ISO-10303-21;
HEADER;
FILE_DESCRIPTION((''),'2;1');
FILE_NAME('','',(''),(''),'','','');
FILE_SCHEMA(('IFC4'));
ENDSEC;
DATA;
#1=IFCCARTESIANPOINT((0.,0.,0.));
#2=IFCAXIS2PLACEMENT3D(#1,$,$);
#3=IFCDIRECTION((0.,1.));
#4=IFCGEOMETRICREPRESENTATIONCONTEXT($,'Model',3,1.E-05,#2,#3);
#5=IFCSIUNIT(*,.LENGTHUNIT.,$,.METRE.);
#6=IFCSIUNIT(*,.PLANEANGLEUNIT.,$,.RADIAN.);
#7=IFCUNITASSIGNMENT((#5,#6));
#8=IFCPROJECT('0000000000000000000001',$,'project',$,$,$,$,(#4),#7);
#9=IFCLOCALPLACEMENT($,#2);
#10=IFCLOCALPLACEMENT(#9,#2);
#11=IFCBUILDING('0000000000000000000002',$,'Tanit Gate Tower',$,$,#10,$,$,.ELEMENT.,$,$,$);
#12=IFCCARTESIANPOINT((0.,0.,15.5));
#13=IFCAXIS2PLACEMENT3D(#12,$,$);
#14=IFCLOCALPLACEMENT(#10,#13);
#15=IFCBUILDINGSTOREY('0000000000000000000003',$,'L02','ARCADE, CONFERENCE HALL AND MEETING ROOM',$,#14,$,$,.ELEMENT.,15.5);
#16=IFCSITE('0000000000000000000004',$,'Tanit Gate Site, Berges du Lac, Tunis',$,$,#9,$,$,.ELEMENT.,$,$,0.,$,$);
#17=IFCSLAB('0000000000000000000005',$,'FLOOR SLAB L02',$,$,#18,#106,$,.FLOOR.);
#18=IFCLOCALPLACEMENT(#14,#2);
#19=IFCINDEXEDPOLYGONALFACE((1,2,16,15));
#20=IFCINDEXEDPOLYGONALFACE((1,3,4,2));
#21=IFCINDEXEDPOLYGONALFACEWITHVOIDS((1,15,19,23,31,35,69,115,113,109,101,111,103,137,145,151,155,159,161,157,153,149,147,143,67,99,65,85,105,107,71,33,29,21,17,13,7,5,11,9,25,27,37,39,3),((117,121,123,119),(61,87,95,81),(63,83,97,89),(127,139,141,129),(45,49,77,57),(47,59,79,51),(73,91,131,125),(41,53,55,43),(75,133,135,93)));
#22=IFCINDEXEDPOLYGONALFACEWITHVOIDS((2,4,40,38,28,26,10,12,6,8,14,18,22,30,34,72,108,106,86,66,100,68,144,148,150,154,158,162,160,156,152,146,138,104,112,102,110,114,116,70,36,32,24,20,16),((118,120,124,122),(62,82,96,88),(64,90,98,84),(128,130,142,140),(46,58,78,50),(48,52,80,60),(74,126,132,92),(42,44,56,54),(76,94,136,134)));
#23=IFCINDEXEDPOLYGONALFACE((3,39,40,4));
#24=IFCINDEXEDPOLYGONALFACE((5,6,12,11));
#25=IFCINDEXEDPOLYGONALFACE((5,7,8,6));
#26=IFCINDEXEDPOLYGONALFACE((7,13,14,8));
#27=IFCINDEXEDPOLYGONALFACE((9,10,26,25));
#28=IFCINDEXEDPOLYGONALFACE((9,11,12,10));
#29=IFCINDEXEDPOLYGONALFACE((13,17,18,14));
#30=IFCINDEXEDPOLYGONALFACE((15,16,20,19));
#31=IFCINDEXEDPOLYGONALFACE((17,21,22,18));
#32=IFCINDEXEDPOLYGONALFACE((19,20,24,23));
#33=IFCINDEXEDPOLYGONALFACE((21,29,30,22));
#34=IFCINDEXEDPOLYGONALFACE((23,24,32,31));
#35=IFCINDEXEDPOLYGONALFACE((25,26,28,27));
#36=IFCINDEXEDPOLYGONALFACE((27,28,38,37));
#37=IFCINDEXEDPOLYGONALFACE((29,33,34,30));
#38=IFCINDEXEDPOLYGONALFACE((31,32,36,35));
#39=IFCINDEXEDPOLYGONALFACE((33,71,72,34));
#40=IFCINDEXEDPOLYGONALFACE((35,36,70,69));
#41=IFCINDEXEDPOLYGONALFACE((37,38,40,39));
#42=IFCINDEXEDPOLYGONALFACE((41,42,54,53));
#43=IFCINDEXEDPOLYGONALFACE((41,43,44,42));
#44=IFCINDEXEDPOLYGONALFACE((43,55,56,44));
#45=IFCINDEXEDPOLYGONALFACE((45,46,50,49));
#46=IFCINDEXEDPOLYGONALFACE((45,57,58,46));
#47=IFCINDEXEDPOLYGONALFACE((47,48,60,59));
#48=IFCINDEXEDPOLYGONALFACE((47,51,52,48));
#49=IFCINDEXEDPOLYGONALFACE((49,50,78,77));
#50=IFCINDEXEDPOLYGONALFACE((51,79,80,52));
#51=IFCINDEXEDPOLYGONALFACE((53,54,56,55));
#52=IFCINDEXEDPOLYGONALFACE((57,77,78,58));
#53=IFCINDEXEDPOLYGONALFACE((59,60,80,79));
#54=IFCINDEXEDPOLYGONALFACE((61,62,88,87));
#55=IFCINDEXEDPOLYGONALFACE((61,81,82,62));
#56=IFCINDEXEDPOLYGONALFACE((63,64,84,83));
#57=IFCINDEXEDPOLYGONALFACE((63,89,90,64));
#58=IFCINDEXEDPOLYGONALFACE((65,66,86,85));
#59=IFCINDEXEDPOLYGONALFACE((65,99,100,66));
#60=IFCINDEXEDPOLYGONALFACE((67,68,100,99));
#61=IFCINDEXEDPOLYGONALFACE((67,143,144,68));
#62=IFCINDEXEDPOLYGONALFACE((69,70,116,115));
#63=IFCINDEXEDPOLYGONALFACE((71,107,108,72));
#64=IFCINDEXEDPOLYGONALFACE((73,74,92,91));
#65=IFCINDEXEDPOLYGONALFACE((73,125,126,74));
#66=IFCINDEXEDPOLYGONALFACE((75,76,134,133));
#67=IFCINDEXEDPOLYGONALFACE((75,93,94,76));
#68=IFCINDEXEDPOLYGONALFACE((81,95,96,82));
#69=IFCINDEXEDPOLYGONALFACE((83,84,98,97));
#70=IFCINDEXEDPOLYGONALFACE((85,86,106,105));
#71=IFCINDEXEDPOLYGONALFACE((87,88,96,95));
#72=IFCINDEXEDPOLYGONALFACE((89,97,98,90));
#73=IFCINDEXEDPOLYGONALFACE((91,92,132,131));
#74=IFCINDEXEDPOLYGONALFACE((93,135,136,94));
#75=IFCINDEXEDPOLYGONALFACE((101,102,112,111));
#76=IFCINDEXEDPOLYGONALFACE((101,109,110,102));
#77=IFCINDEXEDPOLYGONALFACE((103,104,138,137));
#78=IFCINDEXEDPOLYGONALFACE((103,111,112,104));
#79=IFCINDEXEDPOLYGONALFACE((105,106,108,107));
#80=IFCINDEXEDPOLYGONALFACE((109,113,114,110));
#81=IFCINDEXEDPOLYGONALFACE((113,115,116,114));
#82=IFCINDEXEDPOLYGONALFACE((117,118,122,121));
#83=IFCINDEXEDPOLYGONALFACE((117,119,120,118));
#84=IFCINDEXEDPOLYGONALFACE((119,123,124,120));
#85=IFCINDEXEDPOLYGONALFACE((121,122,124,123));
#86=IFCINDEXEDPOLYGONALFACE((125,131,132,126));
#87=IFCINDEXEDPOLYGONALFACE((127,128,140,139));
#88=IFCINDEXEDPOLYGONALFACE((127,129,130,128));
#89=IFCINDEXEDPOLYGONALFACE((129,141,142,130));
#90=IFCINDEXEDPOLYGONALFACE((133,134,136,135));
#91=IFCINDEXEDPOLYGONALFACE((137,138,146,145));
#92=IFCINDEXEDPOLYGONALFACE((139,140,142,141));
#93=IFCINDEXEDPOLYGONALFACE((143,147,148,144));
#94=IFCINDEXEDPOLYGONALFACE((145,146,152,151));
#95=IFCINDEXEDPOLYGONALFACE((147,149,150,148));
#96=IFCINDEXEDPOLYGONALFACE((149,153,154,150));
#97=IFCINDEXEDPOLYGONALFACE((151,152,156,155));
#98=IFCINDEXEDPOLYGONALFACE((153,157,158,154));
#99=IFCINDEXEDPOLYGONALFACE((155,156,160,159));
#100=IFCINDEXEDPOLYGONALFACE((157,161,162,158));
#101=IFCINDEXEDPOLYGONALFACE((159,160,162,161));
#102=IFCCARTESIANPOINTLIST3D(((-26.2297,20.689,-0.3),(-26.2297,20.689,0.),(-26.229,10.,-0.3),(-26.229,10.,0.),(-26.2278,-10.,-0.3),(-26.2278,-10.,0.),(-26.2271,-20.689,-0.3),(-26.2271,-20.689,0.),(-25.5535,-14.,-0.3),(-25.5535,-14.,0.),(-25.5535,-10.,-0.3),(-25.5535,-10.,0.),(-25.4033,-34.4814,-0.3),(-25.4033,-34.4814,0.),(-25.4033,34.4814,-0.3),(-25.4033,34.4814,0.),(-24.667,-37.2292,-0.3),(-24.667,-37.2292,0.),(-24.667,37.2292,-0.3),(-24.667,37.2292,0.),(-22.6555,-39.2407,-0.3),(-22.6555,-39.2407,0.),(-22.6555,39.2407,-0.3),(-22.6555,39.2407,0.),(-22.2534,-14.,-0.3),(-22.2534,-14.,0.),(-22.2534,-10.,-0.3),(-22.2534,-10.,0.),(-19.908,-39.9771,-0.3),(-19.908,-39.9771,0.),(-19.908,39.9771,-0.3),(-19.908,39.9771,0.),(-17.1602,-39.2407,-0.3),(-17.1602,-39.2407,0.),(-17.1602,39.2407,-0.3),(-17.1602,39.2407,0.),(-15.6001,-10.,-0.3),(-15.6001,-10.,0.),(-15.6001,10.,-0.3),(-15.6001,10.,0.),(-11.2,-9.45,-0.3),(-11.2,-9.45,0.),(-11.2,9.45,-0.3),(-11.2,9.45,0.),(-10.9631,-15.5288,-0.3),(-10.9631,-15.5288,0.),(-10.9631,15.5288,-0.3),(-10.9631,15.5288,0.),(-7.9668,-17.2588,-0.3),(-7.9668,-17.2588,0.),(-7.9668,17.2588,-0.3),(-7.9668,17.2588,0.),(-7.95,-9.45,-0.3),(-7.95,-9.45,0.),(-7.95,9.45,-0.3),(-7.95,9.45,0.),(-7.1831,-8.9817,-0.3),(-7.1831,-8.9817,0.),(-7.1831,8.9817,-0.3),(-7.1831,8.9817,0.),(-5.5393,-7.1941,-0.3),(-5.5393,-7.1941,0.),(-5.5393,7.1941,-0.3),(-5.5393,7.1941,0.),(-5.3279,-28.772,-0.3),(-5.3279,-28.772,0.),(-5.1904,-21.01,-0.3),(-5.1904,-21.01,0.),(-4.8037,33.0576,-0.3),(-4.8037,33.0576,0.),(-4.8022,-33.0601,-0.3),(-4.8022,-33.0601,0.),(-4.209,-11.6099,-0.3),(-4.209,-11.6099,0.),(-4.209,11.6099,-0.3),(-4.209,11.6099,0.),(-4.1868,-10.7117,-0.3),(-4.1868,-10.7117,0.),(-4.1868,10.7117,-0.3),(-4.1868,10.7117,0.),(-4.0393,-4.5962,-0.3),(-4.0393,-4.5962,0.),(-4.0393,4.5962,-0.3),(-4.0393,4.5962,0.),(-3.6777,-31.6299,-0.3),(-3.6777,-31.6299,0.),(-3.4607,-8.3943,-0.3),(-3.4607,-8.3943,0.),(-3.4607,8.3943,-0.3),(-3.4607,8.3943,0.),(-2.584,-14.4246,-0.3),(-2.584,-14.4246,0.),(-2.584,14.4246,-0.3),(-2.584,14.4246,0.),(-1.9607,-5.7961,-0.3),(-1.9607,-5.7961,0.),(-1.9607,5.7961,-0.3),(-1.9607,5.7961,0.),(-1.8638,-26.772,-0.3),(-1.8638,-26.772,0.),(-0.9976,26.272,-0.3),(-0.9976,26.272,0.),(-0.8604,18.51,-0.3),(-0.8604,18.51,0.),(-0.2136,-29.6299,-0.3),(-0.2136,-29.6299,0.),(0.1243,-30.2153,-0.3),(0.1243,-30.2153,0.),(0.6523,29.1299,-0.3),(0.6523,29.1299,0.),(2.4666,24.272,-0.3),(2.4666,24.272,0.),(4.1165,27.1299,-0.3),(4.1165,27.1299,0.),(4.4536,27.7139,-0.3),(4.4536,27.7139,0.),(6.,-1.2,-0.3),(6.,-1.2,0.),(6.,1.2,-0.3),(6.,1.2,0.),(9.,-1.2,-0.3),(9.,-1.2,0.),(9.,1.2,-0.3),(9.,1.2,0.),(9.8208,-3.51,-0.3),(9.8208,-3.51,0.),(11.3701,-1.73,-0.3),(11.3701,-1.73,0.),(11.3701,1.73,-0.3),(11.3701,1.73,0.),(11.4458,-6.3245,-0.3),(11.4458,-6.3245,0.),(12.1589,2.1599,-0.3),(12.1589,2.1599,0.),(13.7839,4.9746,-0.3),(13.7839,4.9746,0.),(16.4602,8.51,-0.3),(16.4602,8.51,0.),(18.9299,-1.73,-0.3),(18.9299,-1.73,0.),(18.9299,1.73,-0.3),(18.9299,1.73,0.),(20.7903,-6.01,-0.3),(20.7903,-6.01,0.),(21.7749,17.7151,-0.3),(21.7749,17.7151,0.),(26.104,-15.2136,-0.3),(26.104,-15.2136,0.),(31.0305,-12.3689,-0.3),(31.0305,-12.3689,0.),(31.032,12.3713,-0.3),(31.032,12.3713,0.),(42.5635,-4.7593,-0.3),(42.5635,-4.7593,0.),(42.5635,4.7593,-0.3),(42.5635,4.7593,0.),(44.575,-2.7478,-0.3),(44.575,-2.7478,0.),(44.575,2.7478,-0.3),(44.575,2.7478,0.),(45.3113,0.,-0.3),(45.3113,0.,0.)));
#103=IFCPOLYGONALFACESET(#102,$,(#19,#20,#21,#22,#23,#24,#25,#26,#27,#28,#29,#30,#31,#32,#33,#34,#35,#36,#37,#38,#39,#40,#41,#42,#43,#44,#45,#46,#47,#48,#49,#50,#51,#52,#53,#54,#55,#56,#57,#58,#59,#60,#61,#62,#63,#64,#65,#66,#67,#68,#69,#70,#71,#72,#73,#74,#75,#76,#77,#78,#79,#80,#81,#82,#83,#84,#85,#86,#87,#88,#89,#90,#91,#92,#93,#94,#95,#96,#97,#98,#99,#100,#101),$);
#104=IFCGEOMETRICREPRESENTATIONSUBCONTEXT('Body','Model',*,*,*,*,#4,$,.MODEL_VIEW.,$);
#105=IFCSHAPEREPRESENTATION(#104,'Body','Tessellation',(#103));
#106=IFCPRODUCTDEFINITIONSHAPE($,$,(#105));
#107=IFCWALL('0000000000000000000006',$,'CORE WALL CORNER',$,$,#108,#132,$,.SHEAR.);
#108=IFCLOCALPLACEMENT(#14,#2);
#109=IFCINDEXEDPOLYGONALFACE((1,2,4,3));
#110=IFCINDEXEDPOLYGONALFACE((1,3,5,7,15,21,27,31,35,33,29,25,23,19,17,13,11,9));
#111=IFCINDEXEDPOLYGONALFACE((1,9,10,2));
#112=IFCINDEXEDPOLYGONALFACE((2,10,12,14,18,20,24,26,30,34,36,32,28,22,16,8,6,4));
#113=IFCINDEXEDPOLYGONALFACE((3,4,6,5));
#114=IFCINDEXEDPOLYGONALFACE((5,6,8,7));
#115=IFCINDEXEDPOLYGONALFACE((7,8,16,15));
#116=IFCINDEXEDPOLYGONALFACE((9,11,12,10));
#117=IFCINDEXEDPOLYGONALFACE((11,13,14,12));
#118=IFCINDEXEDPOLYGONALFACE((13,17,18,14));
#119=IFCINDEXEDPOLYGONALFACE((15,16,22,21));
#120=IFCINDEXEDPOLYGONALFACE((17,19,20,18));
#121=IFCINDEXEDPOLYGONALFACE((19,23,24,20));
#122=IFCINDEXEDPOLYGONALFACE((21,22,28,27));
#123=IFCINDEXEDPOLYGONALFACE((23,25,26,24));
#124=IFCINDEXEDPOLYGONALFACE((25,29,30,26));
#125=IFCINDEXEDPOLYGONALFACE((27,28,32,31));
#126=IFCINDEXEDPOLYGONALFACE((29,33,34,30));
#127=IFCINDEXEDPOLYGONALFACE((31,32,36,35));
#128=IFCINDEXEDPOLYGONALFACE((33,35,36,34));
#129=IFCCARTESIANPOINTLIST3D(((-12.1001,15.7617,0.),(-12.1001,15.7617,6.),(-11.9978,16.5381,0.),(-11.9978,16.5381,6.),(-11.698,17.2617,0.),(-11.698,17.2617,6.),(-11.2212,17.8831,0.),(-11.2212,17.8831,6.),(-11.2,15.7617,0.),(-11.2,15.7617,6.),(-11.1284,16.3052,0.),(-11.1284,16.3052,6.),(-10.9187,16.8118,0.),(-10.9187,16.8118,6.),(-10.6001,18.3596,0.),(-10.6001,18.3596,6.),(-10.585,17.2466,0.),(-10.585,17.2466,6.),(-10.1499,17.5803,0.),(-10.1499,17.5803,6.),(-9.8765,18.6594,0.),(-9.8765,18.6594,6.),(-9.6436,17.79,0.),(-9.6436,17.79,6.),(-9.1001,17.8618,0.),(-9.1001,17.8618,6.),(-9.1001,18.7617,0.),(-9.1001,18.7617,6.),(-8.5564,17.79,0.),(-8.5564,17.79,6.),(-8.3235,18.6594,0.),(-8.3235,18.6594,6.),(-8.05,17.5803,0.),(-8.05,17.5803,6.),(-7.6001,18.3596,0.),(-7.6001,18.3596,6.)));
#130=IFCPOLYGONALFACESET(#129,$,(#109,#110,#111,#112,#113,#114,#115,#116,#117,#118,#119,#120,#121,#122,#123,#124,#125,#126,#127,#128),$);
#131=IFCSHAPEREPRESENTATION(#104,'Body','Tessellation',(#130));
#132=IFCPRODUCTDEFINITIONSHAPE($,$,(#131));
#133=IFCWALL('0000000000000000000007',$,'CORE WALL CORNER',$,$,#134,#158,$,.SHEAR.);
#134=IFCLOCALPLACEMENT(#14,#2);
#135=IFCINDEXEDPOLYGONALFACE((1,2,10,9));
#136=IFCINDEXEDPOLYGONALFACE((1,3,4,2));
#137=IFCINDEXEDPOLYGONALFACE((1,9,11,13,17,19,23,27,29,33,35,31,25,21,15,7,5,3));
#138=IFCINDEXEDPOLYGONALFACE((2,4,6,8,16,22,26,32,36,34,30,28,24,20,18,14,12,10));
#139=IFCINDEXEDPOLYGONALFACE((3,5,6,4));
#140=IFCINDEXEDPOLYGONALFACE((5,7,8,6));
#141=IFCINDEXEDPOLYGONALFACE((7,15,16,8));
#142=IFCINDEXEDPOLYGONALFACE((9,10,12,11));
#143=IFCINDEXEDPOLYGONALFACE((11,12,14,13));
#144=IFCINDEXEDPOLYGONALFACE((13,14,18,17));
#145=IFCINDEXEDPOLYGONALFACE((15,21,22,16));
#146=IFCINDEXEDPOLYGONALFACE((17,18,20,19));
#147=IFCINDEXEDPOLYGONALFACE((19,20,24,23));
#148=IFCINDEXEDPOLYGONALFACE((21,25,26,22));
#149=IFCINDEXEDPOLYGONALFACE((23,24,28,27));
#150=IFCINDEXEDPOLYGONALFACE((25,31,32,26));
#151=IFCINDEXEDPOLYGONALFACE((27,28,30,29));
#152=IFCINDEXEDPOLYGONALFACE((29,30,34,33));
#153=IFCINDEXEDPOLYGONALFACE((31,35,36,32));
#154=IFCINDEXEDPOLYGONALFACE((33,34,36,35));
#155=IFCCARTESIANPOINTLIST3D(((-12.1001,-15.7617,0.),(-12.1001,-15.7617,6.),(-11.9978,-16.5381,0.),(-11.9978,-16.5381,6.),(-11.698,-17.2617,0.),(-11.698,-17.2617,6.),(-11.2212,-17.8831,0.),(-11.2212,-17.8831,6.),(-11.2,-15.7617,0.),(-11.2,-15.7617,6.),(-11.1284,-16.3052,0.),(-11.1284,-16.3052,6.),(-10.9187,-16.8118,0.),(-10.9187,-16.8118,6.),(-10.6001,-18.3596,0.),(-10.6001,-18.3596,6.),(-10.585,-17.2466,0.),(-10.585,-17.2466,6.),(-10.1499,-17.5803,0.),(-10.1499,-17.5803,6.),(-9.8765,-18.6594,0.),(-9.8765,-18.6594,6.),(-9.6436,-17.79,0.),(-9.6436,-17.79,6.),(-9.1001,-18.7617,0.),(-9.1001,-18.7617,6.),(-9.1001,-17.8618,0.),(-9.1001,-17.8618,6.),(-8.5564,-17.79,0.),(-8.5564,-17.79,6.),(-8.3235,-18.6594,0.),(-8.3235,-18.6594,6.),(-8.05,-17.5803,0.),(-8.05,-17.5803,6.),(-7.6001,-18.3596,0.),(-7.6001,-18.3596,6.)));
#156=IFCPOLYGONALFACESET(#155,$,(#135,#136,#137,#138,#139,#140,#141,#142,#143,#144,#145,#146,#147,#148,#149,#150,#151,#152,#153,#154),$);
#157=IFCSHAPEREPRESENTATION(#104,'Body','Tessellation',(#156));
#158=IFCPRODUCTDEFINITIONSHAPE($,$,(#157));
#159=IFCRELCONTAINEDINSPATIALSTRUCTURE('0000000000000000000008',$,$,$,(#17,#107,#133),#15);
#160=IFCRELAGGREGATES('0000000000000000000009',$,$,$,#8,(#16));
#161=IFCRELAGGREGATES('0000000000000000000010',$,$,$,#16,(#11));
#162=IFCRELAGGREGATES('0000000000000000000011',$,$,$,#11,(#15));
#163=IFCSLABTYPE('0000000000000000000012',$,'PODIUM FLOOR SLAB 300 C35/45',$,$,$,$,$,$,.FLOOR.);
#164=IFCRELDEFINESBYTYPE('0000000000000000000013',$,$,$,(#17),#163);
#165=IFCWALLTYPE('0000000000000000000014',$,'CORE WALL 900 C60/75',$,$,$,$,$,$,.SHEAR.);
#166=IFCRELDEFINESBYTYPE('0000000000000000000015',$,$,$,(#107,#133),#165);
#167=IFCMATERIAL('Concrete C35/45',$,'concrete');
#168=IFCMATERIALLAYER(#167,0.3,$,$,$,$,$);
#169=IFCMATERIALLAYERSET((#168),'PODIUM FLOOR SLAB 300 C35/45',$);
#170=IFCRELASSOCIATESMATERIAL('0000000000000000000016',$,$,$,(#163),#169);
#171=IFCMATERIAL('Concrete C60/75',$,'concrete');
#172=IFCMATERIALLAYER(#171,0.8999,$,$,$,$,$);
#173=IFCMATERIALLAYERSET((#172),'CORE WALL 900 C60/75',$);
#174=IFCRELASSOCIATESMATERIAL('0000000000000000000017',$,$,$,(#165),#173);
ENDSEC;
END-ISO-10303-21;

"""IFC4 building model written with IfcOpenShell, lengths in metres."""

from ifc_helpers import new_model, si_unit, direction, frame, origin, place, context, subcontext, project, spatial, polyline, outline, extrude, material, layer, layer_set, type_object, element, save


model = new_model("IFC4")

# Units and contexts
model_context = context("Model", 3, precision=1e-05, world=origin(), true_north=direction((0.0, 1.0)))
body_context = subcontext(model_context, "Body", "Model", "MODEL_VIEW")
ifc_project = project(units=[si_unit("LENGTHUNIT", "METRE"), si_unit("PLANEANGLEUNIT", "RADIAN")], contexts=[model_context])

# Site, building, storey
site_placement = place(None, origin())
site = spatial("IfcSite", under=ifc_project, at=site_placement, Name="Tanit Gate Site, Berges du Lac, Tunis", CompositionType="ELEMENT", RefElevation=0.0)
building_placement = place(site_placement, origin())
building = spatial("IfcBuilding", under=site, at=building_placement, Name="Tanit Gate Tower", CompositionType="ELEMENT")
storey_placement = place(building_placement, frame((0.0, 0.0, 15.5)))
storey = spatial("IfcBuildingStorey", under=building, at=storey_placement, Name="L02", Description="ARCADE, CONFERENCE HALL AND MEETING ROOM", CompositionType="ELEMENT", Elevation=15.5)

# Slab
ifc_material_1 = material(Name="Concrete C35/45", Category="concrete")
ifc_layer_1 = layer(ifc_material_1, 0.3)
ifc_layer_set_1 = layer_set([ifc_layer_1], Name="PODIUM FLOOR SLAB 300 C35/45")
slab_type = type_object("IfcSlabType", Name="PODIUM FLOOR SLAB 300 C35/45", PredefinedType="FLOOR", material=ifc_layer_set_1)
slab_placement = place(storey_placement, frame((0.0, 0.0, -0.3)))
element("IfcSlab", 1, at=slab_placement, inside=storey, type_object=slab_type, Name="FLOOR SLAB L02", PredefinedType="FLOOR", context=body_context, shape_type="SweptSolid", body=[
    extrude(outline(polyline([(42.5635, 4.7593), (44.575, 2.7478), (45.3113, 0.0), (44.575, -2.7478), (42.5635, -4.7593), (31.0305, -12.3689), (26.104, -15.2136), (20.7903, -6.01), (-5.1904, -21.01), (-1.8638, -26.772), (-5.3279, -28.772), (-3.6777, -31.6299), (-0.2136, -29.6299), (0.1243, -30.2153), (-4.8022, -33.0601), (-17.1602, -39.2407), (-19.908, -39.9771), (-22.6555, -39.2407), (-24.667, -37.2292), (-25.4033, -34.4814), (-26.2271, -20.689), (-26.2278, -10.0), (-25.5535, -10.0), (-25.5535, -14.0), (-22.2534, -14.0), (-22.2534, -10.0), (-15.6001, -10.0), (-15.6001, 10.0), (-26.229, 10.0), (-26.2297, 20.689), (-25.4033, 34.4814), (-24.667, 37.2292), (-22.6555, 39.2407), (-19.908, 39.9771), (-17.1602, 39.2407), (-4.8037, 33.0576), (4.4536, 27.7139), (4.1165, 27.1299), (0.6523, 29.1299), (-0.9976, 26.272), (2.4666, 24.272), (-0.8604, 18.51), (16.4602, 8.51), (21.7749, 17.7151), (31.032, 12.3713), (42.5635, 4.7593)]), holes=[polyline([(18.9299, 1.73), (18.9299, -1.73), (11.3701, -1.73), (11.3701, 1.73), (18.9299, 1.73)]), polyline([(-4.209, 11.6099), (-2.584, 14.4246), (13.7839, 4.9746), (12.1589, 2.1599), (-4.209, 11.6099)]), polyline([(-4.209, -11.6099), (9.8208, -3.51), (11.4458, -6.3245), (-2.584, -14.4246), (-4.209, -11.6099)]), polyline([(9.0, 1.2), (9.0, -1.2), (6.0, -1.2), (6.0, 1.2), (9.0, 1.2)]), polyline([(-5.5393, 7.1941), (-3.4607, 8.3943), (-1.9607, 5.7961), (-4.0393, 4.5962), (-5.5393, 7.1941)]), polyline([(-3.4607, -8.3943), (-5.5393, -7.1941), (-4.0393, -4.5962), (-1.9607, -5.7961), (-3.4607, -8.3943)]), polyline([(-7.1831, 8.9817), (-10.9631, 15.5288), (-7.9668, 17.2588), (-4.1868, 10.7117), (-7.1831, 8.9817)]), polyline([(-4.1868, -10.7117), (-7.9668, -17.2588), (-10.9631, -15.5288), (-7.1831, -8.9817), (-4.1868, -10.7117)]), polyline([(-11.2, -9.45), (-11.2, 9.45), (-7.95, 9.45), (-7.95, -9.45), (-11.2, -9.45)])]), origin(), (0.0, 0.0, 1.0), 0.3),
])

# Walls
ifc_material_2 = material(Name="Concrete C60/75", Category="concrete")
ifc_layer_2 = layer(ifc_material_2, 0.8999)
ifc_layer_set_2 = layer_set([ifc_layer_2], Name="CORE WALL 900 C60/75")
wall_type_1 = type_object("IfcWallType", Name="CORE WALL 900 C60/75", PredefinedType="SHEAR", material=ifc_layer_set_2)
wall_1_placement = place(storey_placement, origin())
element("IfcWall", 2, at=wall_1_placement, inside=storey, type_object=wall_type_1, Name="CORE WALL CORNER", PredefinedType="SHEAR", context=body_context, shape_type="SweptSolid", body=[
    extrude(outline(polyline([(-7.6001, 18.3596), (-8.3235, 18.6594), (-9.1001, 18.7617), (-9.8765, 18.6594), (-10.6001, 18.3596), (-11.2212, 17.8831), (-11.698, 17.2617), (-11.9978, 16.5381), (-12.1001, 15.7617), (-11.2, 15.7617), (-11.1284, 16.3052), (-10.9187, 16.8118), (-10.585, 17.2466), (-10.1499, 17.5803), (-9.6436, 17.79), (-9.1001, 17.8618), (-8.5564, 17.79), (-8.05, 17.5803), (-7.6001, 18.3596)])), origin(), (0.0, 0.0, 1.0), 6.0),
])
wall_2_placement = place(storey_placement, origin())
element("IfcWall", 3, at=wall_2_placement, inside=storey, type_object=wall_type_1, Name="CORE WALL CORNER", PredefinedType="SHEAR", context=body_context, shape_type="SweptSolid", body=[
    extrude(outline(polyline([(-12.1001, -15.7617), (-11.9978, -16.5381), (-11.698, -17.2617), (-11.2212, -17.8831), (-10.6001, -18.3596), (-9.8765, -18.6594), (-9.1001, -18.7617), (-8.3235, -18.6594), (-7.6001, -18.3596), (-8.05, -17.5803), (-8.5564, -17.79), (-9.1001, -17.8618), (-9.6436, -17.79), (-10.1499, -17.5803), (-10.585, -17.2466), (-10.9187, -16.8118), (-11.1284, -16.3052), (-11.2, -15.7617), (-12.1001, -15.7617)])), origin(), (0.0, 0.0, 1.0), 6.0),
])

save(model, "model.ifc")
